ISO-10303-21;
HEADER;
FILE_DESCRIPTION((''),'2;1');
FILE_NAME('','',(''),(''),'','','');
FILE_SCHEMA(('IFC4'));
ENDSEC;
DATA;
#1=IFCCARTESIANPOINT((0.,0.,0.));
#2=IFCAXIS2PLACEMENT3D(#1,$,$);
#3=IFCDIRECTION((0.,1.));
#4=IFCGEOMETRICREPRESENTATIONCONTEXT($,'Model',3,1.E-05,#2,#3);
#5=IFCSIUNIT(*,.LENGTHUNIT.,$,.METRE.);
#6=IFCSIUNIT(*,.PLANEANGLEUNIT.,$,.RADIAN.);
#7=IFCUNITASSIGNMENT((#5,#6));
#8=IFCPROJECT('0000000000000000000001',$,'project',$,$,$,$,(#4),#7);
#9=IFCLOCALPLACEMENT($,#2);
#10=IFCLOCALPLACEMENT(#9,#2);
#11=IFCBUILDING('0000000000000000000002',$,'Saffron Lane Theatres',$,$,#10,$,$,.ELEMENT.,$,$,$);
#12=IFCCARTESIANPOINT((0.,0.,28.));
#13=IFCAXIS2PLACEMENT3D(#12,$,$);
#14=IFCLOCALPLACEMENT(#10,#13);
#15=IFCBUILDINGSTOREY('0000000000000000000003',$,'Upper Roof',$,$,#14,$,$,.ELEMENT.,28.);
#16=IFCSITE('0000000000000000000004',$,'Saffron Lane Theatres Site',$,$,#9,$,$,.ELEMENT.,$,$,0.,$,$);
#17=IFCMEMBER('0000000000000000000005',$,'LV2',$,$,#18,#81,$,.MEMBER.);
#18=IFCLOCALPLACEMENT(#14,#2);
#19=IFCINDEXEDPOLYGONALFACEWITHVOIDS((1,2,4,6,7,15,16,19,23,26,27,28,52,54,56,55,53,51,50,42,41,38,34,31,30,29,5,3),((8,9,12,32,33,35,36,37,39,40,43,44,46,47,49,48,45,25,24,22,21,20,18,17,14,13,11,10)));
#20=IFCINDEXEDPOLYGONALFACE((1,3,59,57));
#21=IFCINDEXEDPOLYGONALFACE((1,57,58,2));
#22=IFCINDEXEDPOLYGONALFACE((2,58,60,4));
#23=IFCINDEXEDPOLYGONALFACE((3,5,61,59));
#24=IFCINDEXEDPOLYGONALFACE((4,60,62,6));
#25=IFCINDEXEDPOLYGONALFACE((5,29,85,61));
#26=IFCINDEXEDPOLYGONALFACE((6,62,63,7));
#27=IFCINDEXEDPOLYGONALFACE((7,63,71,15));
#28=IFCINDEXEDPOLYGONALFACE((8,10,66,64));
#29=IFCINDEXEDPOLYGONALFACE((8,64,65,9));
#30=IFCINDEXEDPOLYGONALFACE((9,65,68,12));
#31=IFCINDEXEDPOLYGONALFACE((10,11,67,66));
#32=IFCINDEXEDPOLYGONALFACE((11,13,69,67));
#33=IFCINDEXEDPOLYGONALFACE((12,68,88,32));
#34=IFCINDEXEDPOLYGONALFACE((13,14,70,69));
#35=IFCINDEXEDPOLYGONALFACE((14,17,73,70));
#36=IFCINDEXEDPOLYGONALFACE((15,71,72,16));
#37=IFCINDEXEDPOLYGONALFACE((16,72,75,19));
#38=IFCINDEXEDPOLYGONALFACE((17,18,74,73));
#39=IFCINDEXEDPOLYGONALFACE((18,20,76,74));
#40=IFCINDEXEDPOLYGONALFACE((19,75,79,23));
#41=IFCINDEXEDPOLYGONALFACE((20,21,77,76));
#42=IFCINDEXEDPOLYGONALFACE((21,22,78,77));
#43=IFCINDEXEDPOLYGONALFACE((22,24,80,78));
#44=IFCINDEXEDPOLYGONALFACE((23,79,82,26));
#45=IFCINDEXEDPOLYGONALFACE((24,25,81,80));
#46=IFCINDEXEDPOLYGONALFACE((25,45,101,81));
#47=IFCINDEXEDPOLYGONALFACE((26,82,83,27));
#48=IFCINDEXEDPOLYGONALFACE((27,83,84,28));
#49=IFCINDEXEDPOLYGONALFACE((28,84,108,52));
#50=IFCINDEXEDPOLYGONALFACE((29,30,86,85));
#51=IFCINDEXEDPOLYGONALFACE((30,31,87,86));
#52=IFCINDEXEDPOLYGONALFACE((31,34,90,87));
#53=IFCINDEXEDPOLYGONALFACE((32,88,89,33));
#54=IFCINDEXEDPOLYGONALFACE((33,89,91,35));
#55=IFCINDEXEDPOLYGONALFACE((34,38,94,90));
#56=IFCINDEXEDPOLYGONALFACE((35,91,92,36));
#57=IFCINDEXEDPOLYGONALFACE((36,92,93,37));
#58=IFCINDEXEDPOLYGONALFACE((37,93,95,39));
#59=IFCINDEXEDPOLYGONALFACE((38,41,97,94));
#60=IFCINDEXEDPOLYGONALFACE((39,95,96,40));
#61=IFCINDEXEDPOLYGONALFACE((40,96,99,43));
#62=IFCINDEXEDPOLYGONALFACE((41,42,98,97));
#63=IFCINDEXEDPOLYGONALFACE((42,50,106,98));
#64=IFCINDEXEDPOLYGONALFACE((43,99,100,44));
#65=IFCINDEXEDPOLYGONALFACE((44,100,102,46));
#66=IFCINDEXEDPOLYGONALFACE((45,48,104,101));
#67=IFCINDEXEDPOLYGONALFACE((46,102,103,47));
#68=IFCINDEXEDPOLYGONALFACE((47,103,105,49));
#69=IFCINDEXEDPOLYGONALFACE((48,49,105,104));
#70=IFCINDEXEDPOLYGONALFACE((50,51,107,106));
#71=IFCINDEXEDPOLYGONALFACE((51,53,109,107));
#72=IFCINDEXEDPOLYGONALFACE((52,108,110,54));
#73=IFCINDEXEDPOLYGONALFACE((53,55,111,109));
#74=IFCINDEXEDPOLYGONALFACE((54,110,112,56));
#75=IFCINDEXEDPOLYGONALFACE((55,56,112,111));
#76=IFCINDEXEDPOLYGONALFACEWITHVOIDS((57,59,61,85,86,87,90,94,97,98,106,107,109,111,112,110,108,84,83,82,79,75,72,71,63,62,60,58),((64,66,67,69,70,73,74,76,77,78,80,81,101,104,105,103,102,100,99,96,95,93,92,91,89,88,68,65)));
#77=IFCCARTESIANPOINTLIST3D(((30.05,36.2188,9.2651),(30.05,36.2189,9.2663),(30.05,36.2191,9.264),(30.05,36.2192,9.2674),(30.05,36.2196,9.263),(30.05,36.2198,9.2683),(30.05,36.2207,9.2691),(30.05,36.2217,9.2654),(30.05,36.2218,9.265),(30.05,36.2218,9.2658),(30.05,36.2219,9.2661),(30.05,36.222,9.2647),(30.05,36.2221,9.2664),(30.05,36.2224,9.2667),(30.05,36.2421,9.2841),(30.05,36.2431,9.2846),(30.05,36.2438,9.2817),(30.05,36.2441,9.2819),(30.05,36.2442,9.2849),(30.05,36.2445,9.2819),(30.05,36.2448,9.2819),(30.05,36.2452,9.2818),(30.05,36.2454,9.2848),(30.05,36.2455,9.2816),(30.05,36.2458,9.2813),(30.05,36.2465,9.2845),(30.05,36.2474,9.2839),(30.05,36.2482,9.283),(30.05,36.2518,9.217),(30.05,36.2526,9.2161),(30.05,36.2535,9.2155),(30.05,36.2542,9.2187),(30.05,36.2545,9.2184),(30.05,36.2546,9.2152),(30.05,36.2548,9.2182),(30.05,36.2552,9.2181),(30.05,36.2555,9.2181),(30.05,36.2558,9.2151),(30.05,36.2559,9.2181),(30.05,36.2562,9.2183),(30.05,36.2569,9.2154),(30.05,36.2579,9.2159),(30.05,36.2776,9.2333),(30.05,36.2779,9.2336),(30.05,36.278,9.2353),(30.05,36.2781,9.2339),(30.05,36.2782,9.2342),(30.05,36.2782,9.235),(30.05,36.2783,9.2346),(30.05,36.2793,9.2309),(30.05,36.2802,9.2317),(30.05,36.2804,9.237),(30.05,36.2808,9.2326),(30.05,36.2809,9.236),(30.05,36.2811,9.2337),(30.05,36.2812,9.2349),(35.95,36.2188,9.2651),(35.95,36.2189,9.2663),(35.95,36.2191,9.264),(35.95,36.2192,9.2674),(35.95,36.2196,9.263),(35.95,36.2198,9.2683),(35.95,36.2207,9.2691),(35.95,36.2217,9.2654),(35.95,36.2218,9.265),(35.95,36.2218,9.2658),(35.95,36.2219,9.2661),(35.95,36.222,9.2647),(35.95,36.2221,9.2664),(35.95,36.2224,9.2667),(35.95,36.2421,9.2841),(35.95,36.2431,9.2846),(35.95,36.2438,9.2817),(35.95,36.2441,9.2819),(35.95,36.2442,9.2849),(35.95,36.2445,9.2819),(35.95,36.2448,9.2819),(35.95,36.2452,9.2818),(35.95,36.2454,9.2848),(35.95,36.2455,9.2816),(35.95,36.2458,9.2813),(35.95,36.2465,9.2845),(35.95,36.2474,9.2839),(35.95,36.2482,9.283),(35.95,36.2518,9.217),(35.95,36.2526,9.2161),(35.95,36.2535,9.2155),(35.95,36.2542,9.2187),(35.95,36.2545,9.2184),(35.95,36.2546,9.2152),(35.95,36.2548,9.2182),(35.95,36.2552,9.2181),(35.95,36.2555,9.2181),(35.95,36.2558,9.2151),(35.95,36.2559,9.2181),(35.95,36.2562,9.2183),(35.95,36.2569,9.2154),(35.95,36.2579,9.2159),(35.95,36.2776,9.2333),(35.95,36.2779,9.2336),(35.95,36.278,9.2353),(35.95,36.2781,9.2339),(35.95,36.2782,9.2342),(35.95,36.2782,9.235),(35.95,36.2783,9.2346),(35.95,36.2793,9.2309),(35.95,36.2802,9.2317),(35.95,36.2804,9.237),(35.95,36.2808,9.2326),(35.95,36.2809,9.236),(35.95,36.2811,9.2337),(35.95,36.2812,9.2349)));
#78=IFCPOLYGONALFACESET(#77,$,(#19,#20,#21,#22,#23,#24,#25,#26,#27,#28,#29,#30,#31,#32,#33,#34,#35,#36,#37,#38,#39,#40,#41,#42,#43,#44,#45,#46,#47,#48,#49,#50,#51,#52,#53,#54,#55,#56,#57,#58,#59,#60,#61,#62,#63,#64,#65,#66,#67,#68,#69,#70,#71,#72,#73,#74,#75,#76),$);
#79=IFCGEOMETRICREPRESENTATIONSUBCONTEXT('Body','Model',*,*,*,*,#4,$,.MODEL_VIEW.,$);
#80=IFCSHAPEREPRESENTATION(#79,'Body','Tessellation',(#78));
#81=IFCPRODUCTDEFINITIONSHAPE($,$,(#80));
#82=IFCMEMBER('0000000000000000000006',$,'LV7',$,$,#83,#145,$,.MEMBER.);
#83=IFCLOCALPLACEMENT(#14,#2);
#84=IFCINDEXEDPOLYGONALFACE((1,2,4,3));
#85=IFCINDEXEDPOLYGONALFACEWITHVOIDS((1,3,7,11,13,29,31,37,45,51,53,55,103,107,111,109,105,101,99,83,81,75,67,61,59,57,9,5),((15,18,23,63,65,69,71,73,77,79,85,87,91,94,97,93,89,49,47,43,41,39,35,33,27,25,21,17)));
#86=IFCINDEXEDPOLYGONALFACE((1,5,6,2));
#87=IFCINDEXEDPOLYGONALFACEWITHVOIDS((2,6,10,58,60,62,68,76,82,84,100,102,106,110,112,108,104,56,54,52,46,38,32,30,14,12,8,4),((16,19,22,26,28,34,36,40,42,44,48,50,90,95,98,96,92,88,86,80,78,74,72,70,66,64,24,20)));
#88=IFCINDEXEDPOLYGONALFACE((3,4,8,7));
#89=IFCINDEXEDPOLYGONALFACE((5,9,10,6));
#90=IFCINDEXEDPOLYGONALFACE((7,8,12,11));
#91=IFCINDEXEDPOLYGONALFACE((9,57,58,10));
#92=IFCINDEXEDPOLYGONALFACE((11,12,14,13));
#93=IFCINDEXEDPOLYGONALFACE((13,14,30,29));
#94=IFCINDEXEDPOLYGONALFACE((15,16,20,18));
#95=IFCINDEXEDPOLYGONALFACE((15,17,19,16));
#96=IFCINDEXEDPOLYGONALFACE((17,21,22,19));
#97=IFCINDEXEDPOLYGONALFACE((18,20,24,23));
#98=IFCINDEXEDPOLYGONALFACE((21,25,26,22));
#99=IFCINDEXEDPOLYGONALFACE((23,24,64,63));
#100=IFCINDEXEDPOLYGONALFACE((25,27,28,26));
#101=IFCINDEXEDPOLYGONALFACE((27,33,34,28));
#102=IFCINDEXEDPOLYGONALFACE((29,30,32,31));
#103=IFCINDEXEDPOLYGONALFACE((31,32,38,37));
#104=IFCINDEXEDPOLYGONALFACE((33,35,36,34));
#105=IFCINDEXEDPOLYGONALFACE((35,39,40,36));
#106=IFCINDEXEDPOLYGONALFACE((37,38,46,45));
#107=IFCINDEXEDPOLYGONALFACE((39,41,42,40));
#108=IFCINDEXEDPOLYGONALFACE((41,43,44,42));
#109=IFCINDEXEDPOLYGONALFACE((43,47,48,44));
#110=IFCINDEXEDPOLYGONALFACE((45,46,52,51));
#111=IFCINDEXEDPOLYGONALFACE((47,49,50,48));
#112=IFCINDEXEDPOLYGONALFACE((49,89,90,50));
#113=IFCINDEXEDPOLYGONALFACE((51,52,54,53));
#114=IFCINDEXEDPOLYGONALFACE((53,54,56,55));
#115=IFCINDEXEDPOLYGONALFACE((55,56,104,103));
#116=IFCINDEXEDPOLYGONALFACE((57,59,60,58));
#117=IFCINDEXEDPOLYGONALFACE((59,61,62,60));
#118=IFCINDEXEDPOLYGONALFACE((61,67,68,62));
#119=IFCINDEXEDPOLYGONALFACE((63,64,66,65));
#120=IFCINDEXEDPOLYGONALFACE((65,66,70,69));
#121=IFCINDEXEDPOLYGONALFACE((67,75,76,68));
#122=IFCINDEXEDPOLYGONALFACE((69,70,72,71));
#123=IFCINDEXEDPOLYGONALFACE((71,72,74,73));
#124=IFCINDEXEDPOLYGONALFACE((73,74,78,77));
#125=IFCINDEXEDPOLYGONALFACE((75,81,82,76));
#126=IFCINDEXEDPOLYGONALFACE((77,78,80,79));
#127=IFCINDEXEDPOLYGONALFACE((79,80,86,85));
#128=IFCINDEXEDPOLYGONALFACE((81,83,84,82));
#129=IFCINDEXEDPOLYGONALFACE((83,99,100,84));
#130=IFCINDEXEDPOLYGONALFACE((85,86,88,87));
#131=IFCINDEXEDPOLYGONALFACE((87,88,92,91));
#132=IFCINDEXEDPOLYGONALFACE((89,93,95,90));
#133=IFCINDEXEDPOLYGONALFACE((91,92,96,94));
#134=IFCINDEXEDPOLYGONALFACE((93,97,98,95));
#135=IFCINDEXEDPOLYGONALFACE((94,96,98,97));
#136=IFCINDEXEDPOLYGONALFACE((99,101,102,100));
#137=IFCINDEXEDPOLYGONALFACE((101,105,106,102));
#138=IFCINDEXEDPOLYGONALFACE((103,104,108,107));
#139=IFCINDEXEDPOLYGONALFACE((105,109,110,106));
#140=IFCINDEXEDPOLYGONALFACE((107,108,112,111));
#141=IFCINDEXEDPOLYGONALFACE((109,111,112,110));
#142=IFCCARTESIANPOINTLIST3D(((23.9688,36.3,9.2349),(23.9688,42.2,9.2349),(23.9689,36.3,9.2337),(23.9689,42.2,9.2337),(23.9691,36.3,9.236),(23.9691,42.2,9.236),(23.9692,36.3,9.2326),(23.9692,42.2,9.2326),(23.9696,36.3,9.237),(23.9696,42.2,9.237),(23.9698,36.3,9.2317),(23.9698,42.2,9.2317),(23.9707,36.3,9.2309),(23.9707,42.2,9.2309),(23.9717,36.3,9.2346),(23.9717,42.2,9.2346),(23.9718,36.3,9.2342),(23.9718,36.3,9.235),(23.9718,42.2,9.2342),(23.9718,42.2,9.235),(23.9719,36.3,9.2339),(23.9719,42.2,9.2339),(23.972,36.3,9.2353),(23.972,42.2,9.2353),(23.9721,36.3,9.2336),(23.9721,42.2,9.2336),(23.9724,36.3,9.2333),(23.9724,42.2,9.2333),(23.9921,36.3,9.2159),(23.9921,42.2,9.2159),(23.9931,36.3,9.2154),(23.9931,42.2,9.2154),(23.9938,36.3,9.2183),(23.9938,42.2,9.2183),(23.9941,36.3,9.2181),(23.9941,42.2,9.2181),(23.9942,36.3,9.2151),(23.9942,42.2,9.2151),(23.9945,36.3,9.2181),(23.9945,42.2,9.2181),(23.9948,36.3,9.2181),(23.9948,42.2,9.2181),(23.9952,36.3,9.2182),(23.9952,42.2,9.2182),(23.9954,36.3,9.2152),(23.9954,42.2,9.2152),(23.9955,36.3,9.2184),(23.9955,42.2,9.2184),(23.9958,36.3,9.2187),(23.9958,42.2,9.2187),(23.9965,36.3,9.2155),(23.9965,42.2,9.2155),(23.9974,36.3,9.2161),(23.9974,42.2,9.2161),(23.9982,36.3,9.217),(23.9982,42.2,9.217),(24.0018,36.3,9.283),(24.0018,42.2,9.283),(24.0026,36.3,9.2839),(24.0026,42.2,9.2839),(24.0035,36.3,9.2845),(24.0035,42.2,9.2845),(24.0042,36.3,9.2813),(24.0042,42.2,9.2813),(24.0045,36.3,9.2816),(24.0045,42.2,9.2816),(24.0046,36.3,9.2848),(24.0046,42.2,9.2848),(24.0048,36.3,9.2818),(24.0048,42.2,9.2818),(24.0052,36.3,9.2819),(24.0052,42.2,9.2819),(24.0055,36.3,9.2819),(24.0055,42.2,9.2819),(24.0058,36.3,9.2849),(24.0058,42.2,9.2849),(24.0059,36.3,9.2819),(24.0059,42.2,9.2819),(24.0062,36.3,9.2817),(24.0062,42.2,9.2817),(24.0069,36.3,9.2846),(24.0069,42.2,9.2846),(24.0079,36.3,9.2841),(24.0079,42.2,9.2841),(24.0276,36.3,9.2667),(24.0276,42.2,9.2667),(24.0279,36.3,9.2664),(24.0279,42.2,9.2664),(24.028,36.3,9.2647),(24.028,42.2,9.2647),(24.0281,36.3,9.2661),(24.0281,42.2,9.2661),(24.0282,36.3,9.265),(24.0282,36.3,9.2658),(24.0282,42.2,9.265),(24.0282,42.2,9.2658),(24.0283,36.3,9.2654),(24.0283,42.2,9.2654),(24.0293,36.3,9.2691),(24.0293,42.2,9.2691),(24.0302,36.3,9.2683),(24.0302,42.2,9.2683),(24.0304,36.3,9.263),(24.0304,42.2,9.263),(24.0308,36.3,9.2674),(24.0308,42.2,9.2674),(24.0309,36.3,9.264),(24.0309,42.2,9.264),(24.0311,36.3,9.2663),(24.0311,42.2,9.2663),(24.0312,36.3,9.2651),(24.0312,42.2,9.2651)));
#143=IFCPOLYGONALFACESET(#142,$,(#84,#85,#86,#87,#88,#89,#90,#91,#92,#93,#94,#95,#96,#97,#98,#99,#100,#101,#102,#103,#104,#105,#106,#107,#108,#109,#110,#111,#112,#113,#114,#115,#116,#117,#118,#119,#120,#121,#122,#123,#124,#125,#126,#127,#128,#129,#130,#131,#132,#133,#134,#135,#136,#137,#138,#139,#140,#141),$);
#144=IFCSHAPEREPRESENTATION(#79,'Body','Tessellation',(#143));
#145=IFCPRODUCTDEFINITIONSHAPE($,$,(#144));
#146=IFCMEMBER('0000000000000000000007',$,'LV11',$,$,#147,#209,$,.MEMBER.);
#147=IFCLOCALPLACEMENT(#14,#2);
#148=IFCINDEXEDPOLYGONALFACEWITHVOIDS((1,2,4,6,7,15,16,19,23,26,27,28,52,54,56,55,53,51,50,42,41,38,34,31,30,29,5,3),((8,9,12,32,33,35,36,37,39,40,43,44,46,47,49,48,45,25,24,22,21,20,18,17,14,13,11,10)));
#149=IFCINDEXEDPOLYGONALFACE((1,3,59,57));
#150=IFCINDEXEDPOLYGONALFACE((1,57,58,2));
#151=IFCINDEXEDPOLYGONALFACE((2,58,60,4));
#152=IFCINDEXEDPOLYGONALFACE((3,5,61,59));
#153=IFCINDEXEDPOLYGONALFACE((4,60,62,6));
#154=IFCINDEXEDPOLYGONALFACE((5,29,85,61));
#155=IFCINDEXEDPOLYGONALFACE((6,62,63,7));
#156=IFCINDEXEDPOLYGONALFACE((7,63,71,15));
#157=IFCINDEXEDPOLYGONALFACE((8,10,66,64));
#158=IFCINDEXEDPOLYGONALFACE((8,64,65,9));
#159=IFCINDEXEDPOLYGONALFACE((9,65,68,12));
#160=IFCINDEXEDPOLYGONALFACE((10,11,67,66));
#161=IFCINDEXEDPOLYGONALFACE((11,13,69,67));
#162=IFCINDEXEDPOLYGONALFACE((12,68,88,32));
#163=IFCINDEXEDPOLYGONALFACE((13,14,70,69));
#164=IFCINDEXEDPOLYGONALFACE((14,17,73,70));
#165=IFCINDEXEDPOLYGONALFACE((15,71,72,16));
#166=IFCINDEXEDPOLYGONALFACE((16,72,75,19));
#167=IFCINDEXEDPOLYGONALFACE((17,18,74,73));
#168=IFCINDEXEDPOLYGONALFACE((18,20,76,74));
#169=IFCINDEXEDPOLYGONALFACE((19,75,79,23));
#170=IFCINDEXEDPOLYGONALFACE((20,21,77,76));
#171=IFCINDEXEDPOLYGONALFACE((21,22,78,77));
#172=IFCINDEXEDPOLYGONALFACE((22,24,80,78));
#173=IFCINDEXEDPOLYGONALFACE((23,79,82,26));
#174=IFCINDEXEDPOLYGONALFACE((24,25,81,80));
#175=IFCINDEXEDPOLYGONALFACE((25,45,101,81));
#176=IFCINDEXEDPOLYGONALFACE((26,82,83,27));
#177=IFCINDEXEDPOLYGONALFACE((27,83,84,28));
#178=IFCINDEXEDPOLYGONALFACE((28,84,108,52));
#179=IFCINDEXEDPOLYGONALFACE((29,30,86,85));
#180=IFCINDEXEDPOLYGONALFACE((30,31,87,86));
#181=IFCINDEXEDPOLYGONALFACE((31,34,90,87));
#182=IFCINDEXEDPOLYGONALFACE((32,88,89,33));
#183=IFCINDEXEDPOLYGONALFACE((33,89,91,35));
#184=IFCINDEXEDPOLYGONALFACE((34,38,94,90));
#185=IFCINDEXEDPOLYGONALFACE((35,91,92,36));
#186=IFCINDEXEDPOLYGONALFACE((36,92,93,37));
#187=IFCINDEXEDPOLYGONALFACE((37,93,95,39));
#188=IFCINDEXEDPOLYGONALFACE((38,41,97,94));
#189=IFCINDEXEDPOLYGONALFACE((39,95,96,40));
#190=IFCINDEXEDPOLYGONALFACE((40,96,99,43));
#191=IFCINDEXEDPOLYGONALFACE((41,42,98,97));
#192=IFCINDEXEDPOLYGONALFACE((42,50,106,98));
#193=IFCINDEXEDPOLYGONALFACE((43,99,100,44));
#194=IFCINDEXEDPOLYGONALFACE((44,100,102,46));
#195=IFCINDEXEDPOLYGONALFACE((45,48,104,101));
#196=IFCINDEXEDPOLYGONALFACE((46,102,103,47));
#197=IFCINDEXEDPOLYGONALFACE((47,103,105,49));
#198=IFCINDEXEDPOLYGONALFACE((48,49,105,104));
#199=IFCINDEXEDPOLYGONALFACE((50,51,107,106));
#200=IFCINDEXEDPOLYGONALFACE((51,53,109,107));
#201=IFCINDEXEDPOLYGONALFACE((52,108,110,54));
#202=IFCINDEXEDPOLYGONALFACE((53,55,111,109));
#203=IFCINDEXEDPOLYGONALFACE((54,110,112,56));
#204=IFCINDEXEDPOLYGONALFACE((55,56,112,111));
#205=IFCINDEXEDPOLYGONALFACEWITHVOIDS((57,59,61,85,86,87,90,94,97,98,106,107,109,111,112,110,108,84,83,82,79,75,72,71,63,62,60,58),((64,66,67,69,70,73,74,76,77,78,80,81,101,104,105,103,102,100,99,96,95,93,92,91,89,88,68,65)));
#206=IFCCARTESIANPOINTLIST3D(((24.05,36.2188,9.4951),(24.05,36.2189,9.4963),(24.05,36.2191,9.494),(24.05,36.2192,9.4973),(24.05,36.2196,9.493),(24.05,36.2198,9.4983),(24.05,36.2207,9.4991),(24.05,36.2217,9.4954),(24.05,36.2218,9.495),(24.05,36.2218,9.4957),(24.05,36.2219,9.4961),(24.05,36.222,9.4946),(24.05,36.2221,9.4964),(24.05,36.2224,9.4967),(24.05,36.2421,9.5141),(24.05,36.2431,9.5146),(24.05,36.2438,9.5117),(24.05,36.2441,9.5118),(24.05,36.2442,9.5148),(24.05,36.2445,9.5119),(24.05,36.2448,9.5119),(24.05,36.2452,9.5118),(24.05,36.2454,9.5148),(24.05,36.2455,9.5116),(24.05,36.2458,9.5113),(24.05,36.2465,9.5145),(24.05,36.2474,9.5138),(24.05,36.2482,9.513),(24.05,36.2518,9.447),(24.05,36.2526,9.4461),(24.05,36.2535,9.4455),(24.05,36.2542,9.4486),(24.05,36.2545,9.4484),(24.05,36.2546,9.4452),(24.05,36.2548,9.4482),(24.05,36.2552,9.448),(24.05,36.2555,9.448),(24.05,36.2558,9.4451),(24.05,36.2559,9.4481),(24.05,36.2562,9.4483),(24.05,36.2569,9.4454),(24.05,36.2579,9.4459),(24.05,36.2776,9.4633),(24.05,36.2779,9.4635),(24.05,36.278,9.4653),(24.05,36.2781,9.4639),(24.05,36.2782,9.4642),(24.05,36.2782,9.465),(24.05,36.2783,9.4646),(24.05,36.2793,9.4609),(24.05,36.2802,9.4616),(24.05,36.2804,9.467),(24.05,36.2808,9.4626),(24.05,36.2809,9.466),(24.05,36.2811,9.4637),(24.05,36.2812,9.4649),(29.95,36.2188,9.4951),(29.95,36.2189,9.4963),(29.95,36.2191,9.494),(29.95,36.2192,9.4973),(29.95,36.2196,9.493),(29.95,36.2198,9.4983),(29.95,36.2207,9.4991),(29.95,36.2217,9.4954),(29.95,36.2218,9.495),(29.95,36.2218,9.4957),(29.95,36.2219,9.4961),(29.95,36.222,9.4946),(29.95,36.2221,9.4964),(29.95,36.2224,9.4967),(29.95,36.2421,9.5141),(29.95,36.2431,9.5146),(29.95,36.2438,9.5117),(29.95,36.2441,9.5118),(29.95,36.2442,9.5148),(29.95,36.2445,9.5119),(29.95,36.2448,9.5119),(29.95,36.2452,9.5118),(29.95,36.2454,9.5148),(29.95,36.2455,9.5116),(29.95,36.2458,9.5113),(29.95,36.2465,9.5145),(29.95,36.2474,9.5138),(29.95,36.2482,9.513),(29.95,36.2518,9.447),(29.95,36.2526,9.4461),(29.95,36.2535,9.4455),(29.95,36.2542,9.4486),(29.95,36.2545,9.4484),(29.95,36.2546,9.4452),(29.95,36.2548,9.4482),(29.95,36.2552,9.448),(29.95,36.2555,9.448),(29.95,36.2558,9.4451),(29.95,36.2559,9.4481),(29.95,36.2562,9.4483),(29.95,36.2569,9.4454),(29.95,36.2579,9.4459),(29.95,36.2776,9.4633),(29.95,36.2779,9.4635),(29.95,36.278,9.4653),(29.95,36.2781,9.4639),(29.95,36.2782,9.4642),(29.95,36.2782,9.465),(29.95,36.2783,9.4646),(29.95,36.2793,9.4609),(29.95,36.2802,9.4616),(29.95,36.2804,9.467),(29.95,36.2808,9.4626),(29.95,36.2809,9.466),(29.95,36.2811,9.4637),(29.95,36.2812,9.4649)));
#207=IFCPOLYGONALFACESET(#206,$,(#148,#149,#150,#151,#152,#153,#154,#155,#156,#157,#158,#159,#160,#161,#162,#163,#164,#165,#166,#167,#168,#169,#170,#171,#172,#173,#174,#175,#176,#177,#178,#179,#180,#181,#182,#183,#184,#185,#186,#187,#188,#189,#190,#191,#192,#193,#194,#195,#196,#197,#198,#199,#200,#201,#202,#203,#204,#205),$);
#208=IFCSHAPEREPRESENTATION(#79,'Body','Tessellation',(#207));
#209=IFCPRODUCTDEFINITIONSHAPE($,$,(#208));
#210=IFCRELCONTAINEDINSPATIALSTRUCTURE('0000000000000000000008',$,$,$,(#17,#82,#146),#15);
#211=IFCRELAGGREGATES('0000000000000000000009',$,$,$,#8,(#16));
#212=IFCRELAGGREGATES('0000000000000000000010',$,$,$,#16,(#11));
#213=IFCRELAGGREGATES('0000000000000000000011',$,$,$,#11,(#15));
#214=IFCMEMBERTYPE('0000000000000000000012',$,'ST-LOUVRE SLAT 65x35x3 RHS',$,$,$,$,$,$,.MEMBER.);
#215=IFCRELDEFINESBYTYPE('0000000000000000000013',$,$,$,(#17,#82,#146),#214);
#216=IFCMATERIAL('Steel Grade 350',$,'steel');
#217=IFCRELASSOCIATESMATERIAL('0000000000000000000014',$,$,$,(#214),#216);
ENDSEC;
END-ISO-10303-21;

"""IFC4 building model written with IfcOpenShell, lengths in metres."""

from ifc_helpers import new_model, si_unit, direction, frame, origin, origin_2d, place, context, subcontext, project, spatial, hollow_rectangle, extrude, material, material_profile, profile_set, type_object, element, save


model = new_model("IFC4")

# Units and contexts
model_context = context("Model", 3, precision=1e-05, world=origin(), true_north=direction((0.0, 1.0)))
body_context = subcontext(model_context, "Body", "Model", "MODEL_VIEW")
ifc_project = project(units=[si_unit("LENGTHUNIT", "METRE"), si_unit("PLANEANGLEUNIT", "RADIAN")], contexts=[model_context])

# Site, building, storey
site_placement = place(None, origin())
site = spatial("IfcSite", under=ifc_project, at=site_placement, Name="Saffron Lane Theatres Site", CompositionType="ELEMENT", RefElevation=0.0)
building_placement = place(site_placement, origin())
building = spatial("IfcBuilding", under=site, at=building_placement, Name="Saffron Lane Theatres", CompositionType="ELEMENT")
storey_placement = place(building_placement, frame((0.0, 0.0, 28.0)))
storey = spatial("IfcBuildingStorey", under=building, at=storey_placement, Name="Upper Roof", CompositionType="ELEMENT", Elevation=28.0)

# Members
ifc_material_1 = material(Name="Steel Grade 350", Category="steel")
ifc_material_profile_1 = material_profile(ifc_material_1, hollow_rectangle(XDim=0.0349, YDim=0.0649, WallThickness=0.0029, InnerFilletRadius=0.0015, OuterFilletRadius=0.0044, at=origin_2d()))
ifc_profile_set_1 = profile_set([ifc_material_profile_1], Name="Steel Grade 350")
member_type_1 = type_object("IfcMemberType", Name="ST-LOUVRE SLAT 65x35x3 RHS", PredefinedType="MEMBER", material=ifc_profile_set_1)
for number, where, z_axis, x_axis, name in (
    (1, (30.05, 36.25, 9.25), (1.0, 0.0, 0.0), (0.0, 0.819152, 0.573576), "LV2"),
    (2, (24.0, 36.3, 9.25), (0.0, 1.0, 0.0), (-0.819152, 0.0, 0.573576), "LV7"),
    (3, (24.05, 36.25, 9.48), (1.0, 0.0, 0.0), (0.0, 0.819152, 0.573576), "LV11"),
):
    element("IfcMember", number, at=place(storey_placement, frame(where, z_axis=z_axis, x_axis=x_axis)), inside=storey, type_object=member_type_1, Name=name, PredefinedType="MEMBER", context=body_context, shape_type="SweptSolid", body=[
        extrude(hollow_rectangle(XDim=0.0349, YDim=0.0649, WallThickness=0.0029, InnerFilletRadius=0.0015, OuterFilletRadius=0.0044, at=origin_2d()), origin(), (0.0, 0.0, 1.0), 5.8999),
    ])

save(model, "model.ifc")
